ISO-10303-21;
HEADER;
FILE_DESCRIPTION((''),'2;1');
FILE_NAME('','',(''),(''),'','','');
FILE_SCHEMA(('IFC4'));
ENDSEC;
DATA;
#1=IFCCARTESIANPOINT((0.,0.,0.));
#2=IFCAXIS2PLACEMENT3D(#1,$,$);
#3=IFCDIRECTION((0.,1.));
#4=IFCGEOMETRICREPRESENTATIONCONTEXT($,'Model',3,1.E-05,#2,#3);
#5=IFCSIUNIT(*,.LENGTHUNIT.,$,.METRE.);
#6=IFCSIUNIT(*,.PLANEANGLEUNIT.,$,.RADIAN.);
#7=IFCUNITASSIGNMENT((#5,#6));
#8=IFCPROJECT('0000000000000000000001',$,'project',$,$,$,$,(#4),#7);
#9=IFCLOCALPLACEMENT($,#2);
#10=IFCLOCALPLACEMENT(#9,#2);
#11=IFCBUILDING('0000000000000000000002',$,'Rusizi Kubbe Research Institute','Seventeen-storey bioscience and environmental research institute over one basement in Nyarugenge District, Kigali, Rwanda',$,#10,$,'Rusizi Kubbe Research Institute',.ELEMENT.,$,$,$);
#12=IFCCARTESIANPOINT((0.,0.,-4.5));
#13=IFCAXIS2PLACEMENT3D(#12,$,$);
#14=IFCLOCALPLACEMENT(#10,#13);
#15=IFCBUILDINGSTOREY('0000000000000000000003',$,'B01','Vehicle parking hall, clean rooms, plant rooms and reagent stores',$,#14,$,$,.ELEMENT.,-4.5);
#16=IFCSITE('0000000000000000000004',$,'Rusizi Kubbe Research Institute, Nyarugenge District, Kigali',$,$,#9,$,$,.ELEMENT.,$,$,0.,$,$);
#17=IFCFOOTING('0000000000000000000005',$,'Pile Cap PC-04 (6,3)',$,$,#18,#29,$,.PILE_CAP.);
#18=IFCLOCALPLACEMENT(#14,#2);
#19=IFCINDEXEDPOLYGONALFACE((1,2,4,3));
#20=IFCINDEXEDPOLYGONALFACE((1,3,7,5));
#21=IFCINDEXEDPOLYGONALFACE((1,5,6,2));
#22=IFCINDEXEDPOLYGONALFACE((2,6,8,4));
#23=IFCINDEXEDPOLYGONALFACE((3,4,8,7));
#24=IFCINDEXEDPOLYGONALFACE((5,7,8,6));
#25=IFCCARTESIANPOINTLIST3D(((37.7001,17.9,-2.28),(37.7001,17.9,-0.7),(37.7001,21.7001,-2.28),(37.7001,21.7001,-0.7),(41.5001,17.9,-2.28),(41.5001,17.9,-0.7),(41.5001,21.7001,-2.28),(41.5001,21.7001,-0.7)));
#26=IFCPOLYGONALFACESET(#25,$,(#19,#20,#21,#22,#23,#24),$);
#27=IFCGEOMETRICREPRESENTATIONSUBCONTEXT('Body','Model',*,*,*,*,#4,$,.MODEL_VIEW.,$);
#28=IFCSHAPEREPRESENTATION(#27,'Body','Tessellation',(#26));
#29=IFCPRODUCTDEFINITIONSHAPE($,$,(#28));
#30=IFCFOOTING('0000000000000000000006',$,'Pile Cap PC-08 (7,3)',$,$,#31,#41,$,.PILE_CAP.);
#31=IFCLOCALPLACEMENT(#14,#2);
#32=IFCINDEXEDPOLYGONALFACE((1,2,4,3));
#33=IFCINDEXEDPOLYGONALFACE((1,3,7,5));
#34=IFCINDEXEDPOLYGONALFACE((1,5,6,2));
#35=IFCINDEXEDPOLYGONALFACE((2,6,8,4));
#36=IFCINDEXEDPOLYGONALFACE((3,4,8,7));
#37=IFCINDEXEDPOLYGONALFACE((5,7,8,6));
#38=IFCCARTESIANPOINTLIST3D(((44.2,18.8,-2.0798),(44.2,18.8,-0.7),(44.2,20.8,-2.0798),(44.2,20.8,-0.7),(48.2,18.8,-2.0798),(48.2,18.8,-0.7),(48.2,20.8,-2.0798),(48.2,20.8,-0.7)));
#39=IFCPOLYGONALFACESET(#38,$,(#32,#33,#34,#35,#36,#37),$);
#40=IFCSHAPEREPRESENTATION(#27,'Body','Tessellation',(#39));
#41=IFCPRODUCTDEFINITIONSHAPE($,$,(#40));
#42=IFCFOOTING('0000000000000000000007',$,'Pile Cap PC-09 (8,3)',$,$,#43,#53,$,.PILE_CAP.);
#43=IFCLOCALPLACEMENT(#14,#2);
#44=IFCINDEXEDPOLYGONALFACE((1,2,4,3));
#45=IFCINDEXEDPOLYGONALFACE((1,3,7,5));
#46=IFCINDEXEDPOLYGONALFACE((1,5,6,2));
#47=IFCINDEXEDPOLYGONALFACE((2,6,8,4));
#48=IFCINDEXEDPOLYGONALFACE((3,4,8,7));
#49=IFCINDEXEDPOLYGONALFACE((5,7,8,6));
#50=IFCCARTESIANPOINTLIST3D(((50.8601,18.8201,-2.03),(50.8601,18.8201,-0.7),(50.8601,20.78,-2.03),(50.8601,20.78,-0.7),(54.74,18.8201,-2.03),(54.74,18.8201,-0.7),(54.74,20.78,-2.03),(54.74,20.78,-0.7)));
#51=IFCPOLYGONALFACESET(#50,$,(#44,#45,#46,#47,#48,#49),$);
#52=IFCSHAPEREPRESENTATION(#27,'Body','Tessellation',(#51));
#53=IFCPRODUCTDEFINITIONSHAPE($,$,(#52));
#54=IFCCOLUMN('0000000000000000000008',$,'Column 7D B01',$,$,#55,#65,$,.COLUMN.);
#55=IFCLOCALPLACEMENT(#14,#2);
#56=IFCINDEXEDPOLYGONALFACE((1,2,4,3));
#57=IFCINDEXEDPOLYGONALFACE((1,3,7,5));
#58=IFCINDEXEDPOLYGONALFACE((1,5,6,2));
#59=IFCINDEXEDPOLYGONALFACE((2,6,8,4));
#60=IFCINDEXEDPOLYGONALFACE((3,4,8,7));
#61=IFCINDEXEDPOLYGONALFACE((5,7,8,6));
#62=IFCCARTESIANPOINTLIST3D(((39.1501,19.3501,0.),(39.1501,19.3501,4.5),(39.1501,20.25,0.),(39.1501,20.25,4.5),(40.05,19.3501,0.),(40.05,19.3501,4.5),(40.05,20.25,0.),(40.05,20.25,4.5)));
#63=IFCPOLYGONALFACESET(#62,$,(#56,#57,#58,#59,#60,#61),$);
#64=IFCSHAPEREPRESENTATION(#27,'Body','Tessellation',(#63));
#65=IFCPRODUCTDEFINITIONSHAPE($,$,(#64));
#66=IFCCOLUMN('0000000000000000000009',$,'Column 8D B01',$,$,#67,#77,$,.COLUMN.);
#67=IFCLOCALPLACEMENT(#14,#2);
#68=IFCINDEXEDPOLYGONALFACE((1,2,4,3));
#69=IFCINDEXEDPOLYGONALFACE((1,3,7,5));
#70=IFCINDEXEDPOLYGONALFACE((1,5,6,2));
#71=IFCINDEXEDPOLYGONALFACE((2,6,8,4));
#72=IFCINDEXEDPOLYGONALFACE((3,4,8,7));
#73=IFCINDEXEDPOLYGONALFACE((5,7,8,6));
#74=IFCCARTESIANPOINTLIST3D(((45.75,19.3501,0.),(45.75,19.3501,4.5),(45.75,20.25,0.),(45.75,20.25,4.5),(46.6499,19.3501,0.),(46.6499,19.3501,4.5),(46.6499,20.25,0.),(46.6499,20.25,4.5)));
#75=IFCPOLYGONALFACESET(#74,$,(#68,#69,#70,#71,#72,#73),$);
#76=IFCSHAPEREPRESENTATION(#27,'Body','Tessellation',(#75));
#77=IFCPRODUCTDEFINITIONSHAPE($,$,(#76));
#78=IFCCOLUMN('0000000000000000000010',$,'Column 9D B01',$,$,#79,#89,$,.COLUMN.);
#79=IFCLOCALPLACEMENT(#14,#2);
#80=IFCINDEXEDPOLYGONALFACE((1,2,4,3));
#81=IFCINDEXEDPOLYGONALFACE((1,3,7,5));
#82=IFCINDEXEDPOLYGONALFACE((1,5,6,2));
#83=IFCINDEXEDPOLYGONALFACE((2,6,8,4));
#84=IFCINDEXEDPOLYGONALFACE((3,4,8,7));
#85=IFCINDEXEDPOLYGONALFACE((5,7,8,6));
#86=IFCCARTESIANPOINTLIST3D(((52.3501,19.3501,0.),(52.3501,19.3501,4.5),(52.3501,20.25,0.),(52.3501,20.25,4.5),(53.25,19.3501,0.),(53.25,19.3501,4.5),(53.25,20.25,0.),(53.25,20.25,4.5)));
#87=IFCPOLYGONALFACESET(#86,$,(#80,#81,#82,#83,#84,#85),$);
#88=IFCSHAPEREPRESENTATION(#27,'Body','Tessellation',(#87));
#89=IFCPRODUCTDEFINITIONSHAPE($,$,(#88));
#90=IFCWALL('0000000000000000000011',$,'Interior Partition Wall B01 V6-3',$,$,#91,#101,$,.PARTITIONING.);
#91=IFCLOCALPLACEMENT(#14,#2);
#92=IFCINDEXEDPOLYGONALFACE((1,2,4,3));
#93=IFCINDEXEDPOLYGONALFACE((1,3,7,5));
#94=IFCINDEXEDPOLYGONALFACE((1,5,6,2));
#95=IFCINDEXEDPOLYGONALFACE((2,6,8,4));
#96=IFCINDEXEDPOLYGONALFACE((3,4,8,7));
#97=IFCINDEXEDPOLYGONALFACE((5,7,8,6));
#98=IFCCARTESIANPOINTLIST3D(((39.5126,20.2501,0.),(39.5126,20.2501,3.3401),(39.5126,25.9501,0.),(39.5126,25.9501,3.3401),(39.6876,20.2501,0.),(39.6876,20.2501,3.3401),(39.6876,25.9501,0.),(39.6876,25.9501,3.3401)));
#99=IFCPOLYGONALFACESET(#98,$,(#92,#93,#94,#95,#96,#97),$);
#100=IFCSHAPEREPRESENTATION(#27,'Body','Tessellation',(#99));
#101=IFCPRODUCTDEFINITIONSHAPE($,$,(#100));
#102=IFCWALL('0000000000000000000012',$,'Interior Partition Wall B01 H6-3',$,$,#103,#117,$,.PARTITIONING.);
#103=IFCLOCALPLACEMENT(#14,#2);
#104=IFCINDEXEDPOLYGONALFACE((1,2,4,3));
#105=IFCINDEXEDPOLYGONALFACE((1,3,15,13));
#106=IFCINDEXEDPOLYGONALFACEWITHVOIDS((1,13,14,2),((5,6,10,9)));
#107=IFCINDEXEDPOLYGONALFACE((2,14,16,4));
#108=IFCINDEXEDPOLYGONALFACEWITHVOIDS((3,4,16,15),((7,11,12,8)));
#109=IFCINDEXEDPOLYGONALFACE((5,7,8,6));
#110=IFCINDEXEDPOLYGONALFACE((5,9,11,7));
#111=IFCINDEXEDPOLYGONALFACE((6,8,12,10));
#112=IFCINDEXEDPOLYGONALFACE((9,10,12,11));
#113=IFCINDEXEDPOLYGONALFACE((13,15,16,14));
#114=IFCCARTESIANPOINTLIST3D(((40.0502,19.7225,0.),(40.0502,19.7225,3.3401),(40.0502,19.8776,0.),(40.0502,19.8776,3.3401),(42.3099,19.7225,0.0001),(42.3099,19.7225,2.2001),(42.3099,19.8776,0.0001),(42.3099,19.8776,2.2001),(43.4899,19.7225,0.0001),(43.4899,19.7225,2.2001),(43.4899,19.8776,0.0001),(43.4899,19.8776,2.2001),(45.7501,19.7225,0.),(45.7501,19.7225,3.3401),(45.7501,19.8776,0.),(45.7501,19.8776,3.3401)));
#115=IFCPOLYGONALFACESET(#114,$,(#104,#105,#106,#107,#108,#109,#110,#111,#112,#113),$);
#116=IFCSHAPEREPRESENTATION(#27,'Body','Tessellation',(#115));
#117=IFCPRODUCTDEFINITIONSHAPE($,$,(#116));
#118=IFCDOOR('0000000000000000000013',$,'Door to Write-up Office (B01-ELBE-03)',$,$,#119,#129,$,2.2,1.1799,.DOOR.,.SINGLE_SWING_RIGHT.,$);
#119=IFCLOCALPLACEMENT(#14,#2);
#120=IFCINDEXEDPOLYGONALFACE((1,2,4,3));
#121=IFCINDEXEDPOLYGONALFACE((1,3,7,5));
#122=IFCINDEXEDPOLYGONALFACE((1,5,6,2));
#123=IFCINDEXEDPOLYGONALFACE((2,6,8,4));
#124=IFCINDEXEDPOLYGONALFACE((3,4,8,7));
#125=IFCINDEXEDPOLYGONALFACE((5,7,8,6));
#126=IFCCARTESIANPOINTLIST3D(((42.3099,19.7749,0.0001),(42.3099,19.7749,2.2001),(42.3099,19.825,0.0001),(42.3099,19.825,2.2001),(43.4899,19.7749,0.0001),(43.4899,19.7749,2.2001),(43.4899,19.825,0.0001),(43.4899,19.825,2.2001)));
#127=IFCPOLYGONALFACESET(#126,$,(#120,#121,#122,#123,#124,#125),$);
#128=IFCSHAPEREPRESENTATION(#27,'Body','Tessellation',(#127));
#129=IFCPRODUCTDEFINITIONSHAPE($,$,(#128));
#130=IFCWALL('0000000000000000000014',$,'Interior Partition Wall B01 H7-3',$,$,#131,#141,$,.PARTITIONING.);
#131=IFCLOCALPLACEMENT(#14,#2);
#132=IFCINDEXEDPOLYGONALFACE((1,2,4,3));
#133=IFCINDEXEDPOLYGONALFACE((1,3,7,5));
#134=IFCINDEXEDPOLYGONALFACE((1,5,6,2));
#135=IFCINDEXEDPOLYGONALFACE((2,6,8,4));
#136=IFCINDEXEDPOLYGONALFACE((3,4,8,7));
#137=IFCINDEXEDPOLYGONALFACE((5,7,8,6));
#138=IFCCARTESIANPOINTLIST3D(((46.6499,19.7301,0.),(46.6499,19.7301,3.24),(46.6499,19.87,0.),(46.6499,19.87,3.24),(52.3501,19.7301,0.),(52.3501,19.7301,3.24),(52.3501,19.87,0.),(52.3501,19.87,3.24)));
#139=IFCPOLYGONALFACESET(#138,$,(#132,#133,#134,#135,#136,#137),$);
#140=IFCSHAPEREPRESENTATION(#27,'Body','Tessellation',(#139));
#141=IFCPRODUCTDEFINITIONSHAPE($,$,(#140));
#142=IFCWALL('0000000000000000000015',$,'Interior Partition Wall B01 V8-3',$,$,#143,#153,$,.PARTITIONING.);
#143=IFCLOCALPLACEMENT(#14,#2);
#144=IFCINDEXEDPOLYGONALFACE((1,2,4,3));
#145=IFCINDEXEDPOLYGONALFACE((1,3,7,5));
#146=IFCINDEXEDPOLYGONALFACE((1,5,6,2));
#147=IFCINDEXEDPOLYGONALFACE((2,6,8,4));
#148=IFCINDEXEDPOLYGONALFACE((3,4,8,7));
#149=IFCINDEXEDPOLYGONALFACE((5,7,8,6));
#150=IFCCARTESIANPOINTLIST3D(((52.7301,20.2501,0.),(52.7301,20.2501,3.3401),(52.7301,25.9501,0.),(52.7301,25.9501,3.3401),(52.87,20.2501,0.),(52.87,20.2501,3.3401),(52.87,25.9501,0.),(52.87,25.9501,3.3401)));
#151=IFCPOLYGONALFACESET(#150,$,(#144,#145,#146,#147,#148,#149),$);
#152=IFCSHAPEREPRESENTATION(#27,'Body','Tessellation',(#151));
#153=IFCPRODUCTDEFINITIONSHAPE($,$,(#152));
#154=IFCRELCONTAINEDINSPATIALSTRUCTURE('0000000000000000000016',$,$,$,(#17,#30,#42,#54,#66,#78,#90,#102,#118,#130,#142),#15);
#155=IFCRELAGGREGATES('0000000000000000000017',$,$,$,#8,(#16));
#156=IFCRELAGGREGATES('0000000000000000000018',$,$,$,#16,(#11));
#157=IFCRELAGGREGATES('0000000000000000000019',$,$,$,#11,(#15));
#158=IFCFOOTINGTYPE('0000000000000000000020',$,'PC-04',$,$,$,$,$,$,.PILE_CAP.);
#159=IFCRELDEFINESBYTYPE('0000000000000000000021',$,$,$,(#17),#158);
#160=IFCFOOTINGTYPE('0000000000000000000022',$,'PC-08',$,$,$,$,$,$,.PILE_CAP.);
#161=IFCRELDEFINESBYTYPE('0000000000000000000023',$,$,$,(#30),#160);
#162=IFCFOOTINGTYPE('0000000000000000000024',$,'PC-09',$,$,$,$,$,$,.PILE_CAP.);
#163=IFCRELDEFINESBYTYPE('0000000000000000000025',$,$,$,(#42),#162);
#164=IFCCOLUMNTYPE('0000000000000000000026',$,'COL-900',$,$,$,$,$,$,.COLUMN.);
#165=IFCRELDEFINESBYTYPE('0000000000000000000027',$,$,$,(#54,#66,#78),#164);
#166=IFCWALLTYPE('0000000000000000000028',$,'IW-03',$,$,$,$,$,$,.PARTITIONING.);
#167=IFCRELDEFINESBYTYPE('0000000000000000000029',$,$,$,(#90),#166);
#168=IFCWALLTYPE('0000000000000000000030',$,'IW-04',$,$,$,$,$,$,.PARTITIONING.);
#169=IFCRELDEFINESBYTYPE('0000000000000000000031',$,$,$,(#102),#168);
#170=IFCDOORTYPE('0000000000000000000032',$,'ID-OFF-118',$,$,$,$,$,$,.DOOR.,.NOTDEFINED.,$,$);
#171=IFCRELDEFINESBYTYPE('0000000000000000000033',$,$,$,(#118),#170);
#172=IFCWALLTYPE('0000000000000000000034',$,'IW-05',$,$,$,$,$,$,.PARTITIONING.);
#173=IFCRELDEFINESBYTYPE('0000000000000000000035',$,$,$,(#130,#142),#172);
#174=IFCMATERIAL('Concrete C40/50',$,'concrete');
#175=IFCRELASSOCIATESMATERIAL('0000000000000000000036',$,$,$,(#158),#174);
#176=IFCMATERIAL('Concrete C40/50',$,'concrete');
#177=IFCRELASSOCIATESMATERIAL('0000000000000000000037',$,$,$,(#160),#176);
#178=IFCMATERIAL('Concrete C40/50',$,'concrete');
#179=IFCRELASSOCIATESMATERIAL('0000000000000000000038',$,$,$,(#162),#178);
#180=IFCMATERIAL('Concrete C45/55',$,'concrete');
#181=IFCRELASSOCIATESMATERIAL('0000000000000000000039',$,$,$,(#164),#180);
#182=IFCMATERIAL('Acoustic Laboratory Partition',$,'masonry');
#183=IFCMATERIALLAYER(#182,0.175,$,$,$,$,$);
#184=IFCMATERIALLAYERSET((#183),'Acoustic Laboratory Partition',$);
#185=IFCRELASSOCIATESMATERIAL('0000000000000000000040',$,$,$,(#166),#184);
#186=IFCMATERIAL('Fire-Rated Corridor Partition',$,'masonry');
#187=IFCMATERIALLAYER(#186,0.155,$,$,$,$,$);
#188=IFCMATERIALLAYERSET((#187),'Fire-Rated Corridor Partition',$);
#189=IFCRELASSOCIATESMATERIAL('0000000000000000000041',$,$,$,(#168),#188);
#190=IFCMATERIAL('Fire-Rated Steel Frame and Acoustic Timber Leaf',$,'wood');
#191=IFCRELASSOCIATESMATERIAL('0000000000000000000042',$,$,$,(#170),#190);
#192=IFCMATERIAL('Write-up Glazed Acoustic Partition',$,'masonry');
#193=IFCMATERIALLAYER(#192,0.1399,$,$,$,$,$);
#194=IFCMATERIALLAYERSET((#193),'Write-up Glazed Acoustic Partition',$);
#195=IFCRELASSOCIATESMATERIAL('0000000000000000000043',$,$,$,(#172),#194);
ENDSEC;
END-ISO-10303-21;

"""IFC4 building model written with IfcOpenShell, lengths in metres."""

from ifc_helpers import new_model, si_unit, direction, frame, frame_2d, origin, origin_2d, place, context, subcontext, project, spatial, rectangle, extrude, material, layer, layer_set, material_profile, profile_set, type_object, element, fill, save


model = new_model("IFC4")

# Units and contexts
model_context = context("Model", 3, precision=1e-05, world=origin(), true_north=direction((0.0, 1.0)))
body_context = subcontext(model_context, "Body", "Model", "MODEL_VIEW")
ifc_project = project(units=[si_unit("LENGTHUNIT", "METRE"), si_unit("PLANEANGLEUNIT", "RADIAN")], contexts=[model_context])

# Site, building, storey
site_placement = place(None, origin())
site = spatial("IfcSite", under=ifc_project, at=site_placement, Name="Rusizi Kubbe Research Institute, Nyarugenge District, Kigali", CompositionType="ELEMENT", RefElevation=0.0)
building_placement = place(site_placement, origin())
building = spatial("IfcBuilding", under=site, at=building_placement, Name="Rusizi Kubbe Research Institute", Description="Seventeen-storey bioscience and environmental research institute over one basement in Nyarugenge District, Kigali, Rwanda", LongName="Rusizi Kubbe Research Institute", CompositionType="ELEMENT")
storey_placement = place(building_placement, frame((0.0, 0.0, -4.5)))
storey = spatial("IfcBuildingStorey", under=building, at=storey_placement, Name="B01", Description="Vehicle parking hall, clean rooms, plant rooms and reagent stores", CompositionType="ELEMENT", Elevation=-4.5)

# Footings
ifc_material_1 = material(Name="Concrete C40/50", Category="concrete")
footing_type_1 = type_object("IfcFootingType", Name="PC-04", PredefinedType="PILE_CAP", material=ifc_material_1)
footing_1_placement = place(storey_placement, frame((39.6001, 19.8, -2.28), z_axis=(0.0, 0.0, 1.0), x_axis=(1.0, 0.0, 0.0)))
element("IfcFooting", 1, at=footing_1_placement, inside=storey, type_object=footing_type_1, Name="Pile Cap PC-04 (6,3)", PredefinedType="PILE_CAP", context=body_context, shape_type="SweptSolid", body=[
    extrude(rectangle(XDim=3.8, YDim=3.8, at=origin_2d()), origin(), (0.0, 0.0, 1.0), 1.5801),
])
ifc_material_2 = material(Name="Concrete C40/50", Category="concrete")
footing_type_2 = type_object("IfcFootingType", Name="PC-08", PredefinedType="PILE_CAP", material=ifc_material_2)
footing_2_placement = place(storey_placement, frame((46.2, 19.8, -2.0798), z_axis=(0.0, 0.0, 1.0), x_axis=(1.0, 0.0, 0.0)))
element("IfcFooting", 2, at=footing_2_placement, inside=storey, type_object=footing_type_2, Name="Pile Cap PC-08 (7,3)", PredefinedType="PILE_CAP", context=body_context, shape_type="SweptSolid", body=[
    extrude(rectangle(XDim=4.0, YDim=2.0, at=origin_2d()), origin(), (0.0, 0.0, 1.0), 1.3799),
])
ifc_material_3 = material(Name="Concrete C40/50", Category="concrete")
footing_type_3 = type_object("IfcFootingType", Name="PC-09", PredefinedType="PILE_CAP", material=ifc_material_3)
footing_3_placement = place(storey_placement, frame((52.8, 19.8, -2.03), z_axis=(0.0, 0.0, 1.0), x_axis=(1.0, 0.0, 0.0)))
element("IfcFooting", 3, at=footing_3_placement, inside=storey, type_object=footing_type_3, Name="Pile Cap PC-09 (8,3)", PredefinedType="PILE_CAP", context=body_context, shape_type="SweptSolid", body=[
    extrude(rectangle(XDim=3.8799, YDim=1.96, at=origin_2d()), origin(), (0.0, 0.0, 1.0), 1.3301),
])

# Columns
ifc_material_4 = material(Name="Concrete C45/55", Category="concrete")
ifc_material_profile_1 = material_profile(ifc_material_4, rectangle(XDim=0.8999, YDim=0.8999, at=origin_2d()), Name="RC900x900")
ifc_profile_set_1 = profile_set([ifc_material_profile_1], Name="Concrete C45/55")
column_type = type_object("IfcColumnType", Name="COL-900", PredefinedType="COLUMN", material=ifc_profile_set_1)
for number, where, z_axis, x_axis, name in (
    (4, (39.6001, 19.8, 0.0), (0.0, 0.0, 1.0), (1.0, 0.0, 0.0), "Column 7D B01"),
    (5, (46.2, 19.8, 0.0), (0.0, 0.0, 1.0), (1.0, 0.0, 0.0), "Column 8D B01"),
    (6, (52.8, 19.8, 0.0), (0.0, 0.0, 1.0), (1.0, 0.0, 0.0), "Column 9D B01"),
):
    element("IfcColumn", number, at=place(storey_placement, frame(where, z_axis=z_axis, x_axis=x_axis)), inside=storey, type_object=column_type, Name=name, PredefinedType="COLUMN", context=body_context, shape_type="SweptSolid", body=[
        extrude(rectangle(XDim=0.8999, YDim=0.8999, at=origin_2d()), origin(), (0.0, 0.0, 1.0), 4.5),
    ])

# Wall
ifc_material_5 = material(Name="Acoustic Laboratory Partition", Category="masonry")
ifc_layer_1 = layer(ifc_material_5, 0.175)
ifc_layer_set_1 = layer_set([ifc_layer_1], Name="Acoustic Laboratory Partition")
wall_type_1 = type_object("IfcWallType", Name="IW-03", PredefinedType="PARTITIONING", material=ifc_layer_set_1)
wall_1_placement = place(storey_placement, frame((39.6001, 20.25, 0.0), z_axis=(0.0, 0.0, 1.0), x_axis=(0.0, 1.0, 0.0)))
element("IfcWall", 7, at=wall_1_placement, inside=storey, type_object=wall_type_1, Name="Interior Partition Wall B01 V6-3", PredefinedType="PARTITIONING", context=body_context, shape_type="SweptSolid", body=[
    extrude(rectangle(XDim=5.7, YDim=0.175, at=frame_2d((2.8501, 0.0))), origin(), (0.0, 0.0, 1.0), 3.3401),
])

# Wall, opening, door
ifc_material_6 = material(Name="Fire-Rated Corridor Partition", Category="masonry")
ifc_layer_2 = layer(ifc_material_6, 0.155)
ifc_layer_set_2 = layer_set([ifc_layer_2], Name="Fire-Rated Corridor Partition")
wall_type_2 = type_object("IfcWallType", Name="IW-04", PredefinedType="PARTITIONING", material=ifc_layer_set_2)
wall_2_placement = place(storey_placement, frame((40.05, 19.8, 0.0), z_axis=(0.0, 0.0, 1.0), x_axis=(1.0, 0.0, 0.0)))
wall_2 = element("IfcWall", 8, at=wall_2_placement, inside=storey, type_object=wall_type_2, Name="Interior Partition Wall B01 H6-3", PredefinedType="PARTITIONING", context=body_context, shape_type="SweptSolid", body=[
    extrude(rectangle(XDim=5.7, YDim=0.155, at=frame_2d((2.8501, 0.0))), origin(), (0.0, 0.0, 1.0), 3.3401),
])
opening_placement = place(wall_2_placement, frame((2.26, 0.0, 0.0)))
opening = element("IfcOpeningElement", 9, at=opening_placement, cuts=wall_2, PredefinedType="OPENING", context=body_context, shape_type="SweptSolid", body=[
    extrude(rectangle(XDim=1.1799, YDim=2.2, at=frame_2d((0.5898, 1.1001))), frame((0.0, 0.0874, 0.0), z_axis=(0.0, -1.0, 0.0), x_axis=(1.0, 0.0, 0.0)), (0.0, 0.0, 1.0), 0.175),
])
ifc_material_7 = material(Name="Fire-Rated Steel Frame and Acoustic Timber Leaf", Category="wood")
door_type = type_object("IfcDoorType", Name="ID-OFF-118", OperationType="NOTDEFINED", PredefinedType="DOOR", material=ifc_material_7)
door_placement = place(opening_placement, origin())
door = element("IfcDoor", 10, at=door_placement, inside=storey, type_object=door_type, Name="Door to Write-up Office (B01-ELBE-03)", OperationType="SINGLE_SWING_RIGHT", OverallHeight=2.2, OverallWidth=1.1799, PredefinedType="DOOR", context=body_context, shape_type="SweptSolid", body=[
    extrude(rectangle(XDim=1.1799, YDim=2.2, at=frame_2d((0.5898, 1.1001))), frame((0.0, 0.0249, 0.0), z_axis=(0.0, -1.0, 0.0), x_axis=(1.0, 0.0, 0.0)), (0.0, 0.0, 1.0), 0.05),
])
fill(opening, door)

# Walls
ifc_material_8 = material(Name="Write-up Glazed Acoustic Partition", Category="masonry")
ifc_layer_3 = layer(ifc_material_8, 0.1399)
ifc_layer_set_3 = layer_set([ifc_layer_3], Name="Write-up Glazed Acoustic Partition")
wall_type_3 = type_object("IfcWallType", Name="IW-05", PredefinedType="PARTITIONING", material=ifc_layer_set_3)
wall_3_placement = place(storey_placement, frame((46.6499, 19.8, 0.0), z_axis=(0.0, 0.0, 1.0), x_axis=(1.0, 0.0, 0.0)))
element("IfcWall", 11, at=wall_3_placement, inside=storey, type_object=wall_type_3, Name="Interior Partition Wall B01 H7-3", PredefinedType="PARTITIONING", context=body_context, shape_type="SweptSolid", body=[
    extrude(rectangle(XDim=5.7002, YDim=0.1399, at=frame_2d((2.8501, 0.0))), origin(), (0.0, 0.0, 1.0), 3.24),
])
wall_4_placement = place(storey_placement, frame((52.8, 20.25, 0.0), z_axis=(0.0, 0.0, 1.0), x_axis=(0.0, 1.0, 0.0)))
element("IfcWall", 12, at=wall_4_placement, inside=storey, type_object=wall_type_3, Name="Interior Partition Wall B01 V8-3", PredefinedType="PARTITIONING", context=body_context, shape_type="SweptSolid", body=[
    extrude(rectangle(XDim=5.7, YDim=0.1399, at=frame_2d((2.8501, 0.0))), origin(), (0.0, 0.0, 1.0), 3.3401),
])

save(model, "model.ifc")
